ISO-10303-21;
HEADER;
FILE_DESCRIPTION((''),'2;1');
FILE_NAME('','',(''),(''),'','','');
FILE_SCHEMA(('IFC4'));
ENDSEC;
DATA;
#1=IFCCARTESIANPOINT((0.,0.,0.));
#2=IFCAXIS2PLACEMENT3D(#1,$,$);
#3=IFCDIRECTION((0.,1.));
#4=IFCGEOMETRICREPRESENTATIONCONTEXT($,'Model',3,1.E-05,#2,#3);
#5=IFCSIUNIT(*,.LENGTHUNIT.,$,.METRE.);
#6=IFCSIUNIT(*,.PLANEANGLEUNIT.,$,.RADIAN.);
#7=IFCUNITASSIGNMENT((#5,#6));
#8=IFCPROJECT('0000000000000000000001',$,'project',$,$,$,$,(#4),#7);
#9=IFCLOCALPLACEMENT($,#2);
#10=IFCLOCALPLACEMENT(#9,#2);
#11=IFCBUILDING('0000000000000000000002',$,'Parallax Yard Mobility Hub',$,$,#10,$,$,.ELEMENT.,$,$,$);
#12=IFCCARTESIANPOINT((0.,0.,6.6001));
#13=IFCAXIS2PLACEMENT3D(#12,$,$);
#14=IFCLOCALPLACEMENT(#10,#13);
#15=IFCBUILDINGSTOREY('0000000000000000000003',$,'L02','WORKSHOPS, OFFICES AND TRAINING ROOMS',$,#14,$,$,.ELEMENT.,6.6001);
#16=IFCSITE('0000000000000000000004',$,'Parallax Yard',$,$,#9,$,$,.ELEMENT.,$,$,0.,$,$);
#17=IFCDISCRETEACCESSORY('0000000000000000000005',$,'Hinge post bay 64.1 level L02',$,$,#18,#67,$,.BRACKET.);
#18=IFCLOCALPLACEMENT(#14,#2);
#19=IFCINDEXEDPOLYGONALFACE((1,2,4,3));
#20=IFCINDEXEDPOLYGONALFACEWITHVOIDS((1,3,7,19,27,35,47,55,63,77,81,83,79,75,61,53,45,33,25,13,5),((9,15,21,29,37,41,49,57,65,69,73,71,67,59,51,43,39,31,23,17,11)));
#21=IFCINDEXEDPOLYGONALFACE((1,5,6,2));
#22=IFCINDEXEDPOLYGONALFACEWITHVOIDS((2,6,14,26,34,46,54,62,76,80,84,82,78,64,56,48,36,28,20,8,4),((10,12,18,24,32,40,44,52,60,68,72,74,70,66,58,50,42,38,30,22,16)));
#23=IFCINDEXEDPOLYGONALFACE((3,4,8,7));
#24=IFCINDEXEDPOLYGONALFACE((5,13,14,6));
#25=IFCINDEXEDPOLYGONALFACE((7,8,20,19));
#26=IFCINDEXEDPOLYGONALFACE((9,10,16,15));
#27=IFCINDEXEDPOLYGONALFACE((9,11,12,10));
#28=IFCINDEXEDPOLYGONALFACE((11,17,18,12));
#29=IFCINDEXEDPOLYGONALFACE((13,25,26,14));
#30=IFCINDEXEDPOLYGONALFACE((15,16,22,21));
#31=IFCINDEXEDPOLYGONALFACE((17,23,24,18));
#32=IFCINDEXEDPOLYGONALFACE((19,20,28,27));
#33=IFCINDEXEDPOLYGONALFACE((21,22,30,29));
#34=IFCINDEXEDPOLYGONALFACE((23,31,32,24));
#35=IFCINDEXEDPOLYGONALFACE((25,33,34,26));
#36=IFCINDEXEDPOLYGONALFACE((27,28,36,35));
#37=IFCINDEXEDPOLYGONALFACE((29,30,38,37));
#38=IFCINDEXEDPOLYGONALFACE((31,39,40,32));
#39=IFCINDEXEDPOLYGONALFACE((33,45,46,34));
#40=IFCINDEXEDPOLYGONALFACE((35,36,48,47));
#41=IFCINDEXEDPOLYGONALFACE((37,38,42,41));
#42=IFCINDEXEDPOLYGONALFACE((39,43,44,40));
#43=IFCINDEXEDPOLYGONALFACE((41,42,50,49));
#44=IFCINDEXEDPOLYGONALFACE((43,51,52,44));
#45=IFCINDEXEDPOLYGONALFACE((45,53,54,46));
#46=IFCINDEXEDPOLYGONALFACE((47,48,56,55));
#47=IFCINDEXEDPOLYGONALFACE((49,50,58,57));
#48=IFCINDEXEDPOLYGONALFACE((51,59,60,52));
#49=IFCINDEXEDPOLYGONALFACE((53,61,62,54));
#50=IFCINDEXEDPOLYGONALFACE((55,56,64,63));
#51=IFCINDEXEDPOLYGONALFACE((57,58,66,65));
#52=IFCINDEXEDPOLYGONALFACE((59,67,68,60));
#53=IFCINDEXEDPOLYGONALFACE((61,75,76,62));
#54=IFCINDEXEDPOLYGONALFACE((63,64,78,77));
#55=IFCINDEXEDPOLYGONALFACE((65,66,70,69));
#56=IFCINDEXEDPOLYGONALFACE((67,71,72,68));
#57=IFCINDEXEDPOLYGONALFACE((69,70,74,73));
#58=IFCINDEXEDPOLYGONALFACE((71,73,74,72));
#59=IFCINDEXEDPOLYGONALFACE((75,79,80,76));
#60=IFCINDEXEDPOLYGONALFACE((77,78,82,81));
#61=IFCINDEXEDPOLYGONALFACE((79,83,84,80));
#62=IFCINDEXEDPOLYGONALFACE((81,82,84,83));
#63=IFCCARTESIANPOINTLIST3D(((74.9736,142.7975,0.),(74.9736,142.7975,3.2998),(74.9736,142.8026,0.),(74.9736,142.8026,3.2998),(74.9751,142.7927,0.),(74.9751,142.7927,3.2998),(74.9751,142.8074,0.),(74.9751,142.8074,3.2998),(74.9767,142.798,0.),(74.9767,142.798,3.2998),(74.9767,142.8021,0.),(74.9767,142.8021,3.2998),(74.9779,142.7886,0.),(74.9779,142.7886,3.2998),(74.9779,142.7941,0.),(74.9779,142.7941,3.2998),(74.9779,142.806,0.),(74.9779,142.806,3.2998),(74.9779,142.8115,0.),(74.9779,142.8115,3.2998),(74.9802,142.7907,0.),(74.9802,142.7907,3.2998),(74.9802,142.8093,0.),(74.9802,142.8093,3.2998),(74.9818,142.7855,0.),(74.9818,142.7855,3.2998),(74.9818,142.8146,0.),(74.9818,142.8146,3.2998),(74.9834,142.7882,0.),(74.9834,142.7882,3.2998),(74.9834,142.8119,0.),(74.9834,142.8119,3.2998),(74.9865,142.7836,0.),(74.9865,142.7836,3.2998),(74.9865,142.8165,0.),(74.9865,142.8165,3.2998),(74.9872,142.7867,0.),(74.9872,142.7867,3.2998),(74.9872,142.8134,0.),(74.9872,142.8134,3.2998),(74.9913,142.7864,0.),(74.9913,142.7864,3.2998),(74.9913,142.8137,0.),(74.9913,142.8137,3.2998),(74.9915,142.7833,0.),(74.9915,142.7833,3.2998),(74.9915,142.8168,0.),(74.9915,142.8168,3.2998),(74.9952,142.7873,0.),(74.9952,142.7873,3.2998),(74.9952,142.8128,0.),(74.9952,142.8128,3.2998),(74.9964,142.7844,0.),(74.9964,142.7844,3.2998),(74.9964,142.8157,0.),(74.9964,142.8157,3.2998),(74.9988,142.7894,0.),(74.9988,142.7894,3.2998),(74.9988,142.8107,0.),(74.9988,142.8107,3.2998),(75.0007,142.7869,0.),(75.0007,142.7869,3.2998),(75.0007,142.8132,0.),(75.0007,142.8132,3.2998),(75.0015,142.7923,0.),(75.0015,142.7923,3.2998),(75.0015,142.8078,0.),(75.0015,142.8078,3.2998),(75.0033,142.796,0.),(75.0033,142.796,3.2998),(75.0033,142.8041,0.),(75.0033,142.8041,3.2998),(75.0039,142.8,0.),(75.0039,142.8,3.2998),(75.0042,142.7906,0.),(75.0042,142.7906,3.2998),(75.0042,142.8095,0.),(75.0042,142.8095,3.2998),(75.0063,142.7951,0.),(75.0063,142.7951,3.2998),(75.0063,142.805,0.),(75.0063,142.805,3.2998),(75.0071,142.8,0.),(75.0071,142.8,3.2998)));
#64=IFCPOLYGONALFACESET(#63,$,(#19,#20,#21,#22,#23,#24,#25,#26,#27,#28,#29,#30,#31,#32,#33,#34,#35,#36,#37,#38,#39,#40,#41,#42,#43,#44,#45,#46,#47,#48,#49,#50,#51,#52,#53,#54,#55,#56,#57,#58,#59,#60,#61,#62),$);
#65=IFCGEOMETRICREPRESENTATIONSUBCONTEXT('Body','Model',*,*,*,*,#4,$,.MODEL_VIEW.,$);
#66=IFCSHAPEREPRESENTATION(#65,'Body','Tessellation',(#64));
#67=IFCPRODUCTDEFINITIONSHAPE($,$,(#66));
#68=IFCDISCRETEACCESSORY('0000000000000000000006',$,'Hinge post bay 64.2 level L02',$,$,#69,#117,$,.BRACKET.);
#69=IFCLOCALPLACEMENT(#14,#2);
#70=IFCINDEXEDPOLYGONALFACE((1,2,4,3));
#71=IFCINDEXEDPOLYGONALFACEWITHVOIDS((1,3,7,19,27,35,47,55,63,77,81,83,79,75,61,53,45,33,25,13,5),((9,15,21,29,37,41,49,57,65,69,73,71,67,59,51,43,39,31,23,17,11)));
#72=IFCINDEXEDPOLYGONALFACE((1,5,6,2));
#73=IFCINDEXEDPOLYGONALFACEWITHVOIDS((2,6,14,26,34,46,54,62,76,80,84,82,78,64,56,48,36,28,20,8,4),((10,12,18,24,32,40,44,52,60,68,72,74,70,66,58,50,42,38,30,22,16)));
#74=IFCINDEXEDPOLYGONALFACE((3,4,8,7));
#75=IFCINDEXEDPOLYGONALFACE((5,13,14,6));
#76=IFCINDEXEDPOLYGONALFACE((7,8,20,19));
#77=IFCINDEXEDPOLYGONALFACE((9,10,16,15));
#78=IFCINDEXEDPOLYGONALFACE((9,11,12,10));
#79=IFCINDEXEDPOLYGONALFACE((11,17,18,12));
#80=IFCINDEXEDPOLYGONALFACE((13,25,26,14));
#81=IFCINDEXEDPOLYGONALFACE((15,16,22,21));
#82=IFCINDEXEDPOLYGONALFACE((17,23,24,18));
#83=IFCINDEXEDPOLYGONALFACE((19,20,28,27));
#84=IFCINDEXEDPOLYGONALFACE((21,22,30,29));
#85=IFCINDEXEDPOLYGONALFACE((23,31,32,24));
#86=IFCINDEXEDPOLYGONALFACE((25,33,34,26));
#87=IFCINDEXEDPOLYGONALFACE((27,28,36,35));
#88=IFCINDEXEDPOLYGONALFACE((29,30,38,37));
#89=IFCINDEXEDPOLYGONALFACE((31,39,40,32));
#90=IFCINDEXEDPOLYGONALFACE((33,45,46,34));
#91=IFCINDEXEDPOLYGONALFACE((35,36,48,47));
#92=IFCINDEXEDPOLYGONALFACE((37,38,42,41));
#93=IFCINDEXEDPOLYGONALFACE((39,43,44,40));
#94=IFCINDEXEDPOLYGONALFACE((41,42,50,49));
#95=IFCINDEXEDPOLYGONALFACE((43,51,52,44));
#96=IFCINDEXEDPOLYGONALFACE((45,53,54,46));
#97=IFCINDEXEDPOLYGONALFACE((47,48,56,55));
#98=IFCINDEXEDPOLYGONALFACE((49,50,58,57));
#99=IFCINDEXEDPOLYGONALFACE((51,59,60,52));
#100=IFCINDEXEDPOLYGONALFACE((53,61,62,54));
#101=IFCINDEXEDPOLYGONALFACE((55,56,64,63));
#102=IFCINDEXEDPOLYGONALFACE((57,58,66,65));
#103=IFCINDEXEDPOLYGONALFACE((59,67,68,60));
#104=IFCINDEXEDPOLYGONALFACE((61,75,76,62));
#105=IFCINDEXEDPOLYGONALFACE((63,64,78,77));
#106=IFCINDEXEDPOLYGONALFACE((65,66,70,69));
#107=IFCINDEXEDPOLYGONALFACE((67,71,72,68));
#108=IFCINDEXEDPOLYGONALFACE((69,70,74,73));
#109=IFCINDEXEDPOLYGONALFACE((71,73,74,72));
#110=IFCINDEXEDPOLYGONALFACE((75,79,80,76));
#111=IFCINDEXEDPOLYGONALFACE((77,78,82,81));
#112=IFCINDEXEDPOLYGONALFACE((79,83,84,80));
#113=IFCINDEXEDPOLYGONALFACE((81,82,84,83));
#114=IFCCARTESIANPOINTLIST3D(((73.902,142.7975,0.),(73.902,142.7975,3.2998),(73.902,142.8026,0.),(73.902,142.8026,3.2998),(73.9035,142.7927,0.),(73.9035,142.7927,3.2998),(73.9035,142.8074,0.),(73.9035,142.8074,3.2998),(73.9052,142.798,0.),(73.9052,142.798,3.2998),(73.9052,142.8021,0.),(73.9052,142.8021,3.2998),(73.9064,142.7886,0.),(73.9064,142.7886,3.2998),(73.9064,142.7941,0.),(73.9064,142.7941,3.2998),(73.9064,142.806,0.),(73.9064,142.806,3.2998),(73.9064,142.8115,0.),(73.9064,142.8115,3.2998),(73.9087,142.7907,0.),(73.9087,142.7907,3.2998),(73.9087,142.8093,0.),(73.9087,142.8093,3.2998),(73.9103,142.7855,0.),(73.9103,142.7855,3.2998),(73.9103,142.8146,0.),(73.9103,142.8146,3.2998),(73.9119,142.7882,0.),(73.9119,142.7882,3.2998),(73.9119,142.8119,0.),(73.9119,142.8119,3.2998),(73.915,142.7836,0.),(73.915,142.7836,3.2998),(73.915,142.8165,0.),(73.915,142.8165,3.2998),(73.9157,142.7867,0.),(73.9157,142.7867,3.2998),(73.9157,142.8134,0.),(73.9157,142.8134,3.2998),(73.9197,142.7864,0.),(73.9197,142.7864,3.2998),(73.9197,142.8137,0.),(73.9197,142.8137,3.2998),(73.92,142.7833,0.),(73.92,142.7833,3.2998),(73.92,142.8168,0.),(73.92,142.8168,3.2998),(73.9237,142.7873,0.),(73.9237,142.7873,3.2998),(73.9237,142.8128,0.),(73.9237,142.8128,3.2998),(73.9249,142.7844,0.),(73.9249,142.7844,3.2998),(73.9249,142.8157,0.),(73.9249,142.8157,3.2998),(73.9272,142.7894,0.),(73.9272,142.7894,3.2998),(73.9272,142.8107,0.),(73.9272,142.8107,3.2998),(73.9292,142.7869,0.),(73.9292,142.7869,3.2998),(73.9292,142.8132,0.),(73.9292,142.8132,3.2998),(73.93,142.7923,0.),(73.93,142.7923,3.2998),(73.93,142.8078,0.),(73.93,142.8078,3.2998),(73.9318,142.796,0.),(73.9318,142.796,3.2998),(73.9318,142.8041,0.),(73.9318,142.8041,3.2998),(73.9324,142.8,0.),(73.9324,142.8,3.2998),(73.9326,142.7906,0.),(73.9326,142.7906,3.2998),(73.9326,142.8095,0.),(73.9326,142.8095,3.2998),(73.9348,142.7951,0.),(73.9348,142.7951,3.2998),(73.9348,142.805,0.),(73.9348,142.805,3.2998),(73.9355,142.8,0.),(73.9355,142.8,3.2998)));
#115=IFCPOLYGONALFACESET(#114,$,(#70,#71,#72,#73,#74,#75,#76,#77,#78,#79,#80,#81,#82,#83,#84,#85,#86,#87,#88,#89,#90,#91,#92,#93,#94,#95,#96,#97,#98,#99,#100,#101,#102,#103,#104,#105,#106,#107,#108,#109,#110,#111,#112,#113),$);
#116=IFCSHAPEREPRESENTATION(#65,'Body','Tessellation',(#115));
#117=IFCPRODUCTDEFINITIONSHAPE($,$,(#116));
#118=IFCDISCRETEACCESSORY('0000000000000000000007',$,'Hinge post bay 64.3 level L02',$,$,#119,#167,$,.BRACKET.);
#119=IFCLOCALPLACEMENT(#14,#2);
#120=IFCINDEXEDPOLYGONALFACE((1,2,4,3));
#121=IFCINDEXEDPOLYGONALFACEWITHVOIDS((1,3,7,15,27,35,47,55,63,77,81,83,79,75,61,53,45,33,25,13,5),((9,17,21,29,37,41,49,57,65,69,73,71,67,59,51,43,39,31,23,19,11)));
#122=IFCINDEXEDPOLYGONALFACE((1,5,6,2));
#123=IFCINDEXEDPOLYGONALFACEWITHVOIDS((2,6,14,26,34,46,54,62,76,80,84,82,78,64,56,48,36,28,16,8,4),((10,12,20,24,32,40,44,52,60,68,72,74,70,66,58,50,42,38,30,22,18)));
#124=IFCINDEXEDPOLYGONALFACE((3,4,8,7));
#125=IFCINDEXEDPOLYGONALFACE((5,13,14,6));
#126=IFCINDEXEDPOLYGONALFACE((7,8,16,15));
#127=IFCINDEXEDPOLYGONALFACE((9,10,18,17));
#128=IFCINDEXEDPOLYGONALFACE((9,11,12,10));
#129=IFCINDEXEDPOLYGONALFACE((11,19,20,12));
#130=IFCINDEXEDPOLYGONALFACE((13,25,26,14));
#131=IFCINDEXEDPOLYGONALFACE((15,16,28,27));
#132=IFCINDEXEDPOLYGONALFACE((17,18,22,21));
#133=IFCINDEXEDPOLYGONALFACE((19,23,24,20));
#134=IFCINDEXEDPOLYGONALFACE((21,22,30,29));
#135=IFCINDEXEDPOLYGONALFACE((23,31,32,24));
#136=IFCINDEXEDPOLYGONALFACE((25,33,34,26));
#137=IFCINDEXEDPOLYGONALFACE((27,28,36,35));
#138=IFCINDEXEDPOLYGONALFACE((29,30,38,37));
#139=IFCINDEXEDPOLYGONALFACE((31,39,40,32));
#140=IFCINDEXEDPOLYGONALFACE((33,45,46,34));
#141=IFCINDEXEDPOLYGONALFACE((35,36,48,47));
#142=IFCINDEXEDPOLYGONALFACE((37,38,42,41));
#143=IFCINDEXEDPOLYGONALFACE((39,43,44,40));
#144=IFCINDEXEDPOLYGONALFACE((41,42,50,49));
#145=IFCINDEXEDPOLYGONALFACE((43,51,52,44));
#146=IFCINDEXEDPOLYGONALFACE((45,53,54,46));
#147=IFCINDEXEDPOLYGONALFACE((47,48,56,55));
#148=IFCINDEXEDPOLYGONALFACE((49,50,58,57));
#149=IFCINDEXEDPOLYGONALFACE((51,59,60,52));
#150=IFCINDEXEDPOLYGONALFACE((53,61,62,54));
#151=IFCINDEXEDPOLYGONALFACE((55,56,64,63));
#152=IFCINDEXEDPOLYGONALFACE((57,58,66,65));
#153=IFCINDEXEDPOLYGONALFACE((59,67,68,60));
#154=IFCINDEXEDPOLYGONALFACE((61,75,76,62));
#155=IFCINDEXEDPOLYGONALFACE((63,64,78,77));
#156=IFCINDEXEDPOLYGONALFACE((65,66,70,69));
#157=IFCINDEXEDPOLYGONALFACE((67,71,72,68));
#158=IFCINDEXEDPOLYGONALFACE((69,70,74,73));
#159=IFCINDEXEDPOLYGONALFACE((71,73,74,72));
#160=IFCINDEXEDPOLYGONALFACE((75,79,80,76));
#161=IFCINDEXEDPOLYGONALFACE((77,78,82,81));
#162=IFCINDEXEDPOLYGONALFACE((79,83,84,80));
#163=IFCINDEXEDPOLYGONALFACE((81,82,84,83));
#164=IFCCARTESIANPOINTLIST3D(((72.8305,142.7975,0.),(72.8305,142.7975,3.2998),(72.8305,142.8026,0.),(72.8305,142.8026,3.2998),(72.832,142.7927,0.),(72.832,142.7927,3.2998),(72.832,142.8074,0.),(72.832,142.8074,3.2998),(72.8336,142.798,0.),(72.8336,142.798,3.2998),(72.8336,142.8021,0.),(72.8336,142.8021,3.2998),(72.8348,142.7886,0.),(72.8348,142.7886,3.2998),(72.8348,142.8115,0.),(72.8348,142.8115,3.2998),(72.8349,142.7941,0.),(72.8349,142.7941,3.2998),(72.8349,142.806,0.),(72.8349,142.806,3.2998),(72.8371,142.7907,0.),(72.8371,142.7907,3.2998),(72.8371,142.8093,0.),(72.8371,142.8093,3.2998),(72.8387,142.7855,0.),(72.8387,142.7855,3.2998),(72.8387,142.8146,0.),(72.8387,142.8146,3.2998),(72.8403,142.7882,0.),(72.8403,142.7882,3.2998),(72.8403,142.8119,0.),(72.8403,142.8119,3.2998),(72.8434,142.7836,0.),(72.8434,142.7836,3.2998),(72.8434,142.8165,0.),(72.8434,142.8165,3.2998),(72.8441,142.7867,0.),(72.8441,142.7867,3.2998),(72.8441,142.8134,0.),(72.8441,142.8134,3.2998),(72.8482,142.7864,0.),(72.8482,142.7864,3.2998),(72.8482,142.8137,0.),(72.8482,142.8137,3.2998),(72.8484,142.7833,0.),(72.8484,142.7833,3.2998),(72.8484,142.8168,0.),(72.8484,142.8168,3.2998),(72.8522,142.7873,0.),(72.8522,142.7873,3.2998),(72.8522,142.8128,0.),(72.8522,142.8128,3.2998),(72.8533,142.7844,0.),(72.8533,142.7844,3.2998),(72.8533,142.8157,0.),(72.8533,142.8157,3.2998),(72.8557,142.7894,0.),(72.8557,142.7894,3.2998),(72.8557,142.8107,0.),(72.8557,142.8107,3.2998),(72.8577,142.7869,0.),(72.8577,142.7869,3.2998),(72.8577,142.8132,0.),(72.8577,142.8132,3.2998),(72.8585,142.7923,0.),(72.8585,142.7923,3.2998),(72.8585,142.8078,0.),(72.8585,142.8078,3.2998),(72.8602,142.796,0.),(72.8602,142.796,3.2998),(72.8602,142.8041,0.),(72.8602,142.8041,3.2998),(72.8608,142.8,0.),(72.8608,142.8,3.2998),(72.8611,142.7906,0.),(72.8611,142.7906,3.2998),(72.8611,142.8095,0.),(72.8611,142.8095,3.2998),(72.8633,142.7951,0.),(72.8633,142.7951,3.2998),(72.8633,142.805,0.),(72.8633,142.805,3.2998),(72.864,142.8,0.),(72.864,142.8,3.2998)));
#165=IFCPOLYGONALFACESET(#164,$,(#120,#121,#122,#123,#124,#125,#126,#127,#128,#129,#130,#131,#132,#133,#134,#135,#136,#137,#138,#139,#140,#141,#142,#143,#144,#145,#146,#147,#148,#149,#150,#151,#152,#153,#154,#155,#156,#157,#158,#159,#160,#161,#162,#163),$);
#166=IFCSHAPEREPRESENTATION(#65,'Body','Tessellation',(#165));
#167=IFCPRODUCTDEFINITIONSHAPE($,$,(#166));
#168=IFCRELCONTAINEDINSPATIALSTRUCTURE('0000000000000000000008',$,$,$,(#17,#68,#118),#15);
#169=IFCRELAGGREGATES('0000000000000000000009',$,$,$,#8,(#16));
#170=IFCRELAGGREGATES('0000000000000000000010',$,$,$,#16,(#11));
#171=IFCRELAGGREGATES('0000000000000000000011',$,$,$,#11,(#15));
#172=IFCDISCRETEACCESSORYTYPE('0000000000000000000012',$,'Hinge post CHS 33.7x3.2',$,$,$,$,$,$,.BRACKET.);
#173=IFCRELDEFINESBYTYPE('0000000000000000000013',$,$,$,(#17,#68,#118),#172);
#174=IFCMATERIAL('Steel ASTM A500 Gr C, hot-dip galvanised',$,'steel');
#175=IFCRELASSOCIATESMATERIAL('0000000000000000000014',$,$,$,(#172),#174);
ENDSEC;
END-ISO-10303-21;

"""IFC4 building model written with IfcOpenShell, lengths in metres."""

from ifc_helpers import new_model, si_unit, direction, frame, origin, origin_2d, place, context, subcontext, project, spatial, hollow_circle, extrude, material, material_profile, profile_set, type_object, element, save


model = new_model("IFC4")

# Units and contexts
model_context = context("Model", 3, precision=1e-05, world=origin(), true_north=direction((0.0, 1.0)))
body_context = subcontext(model_context, "Body", "Model", "MODEL_VIEW")
ifc_project = project(units=[si_unit("LENGTHUNIT", "METRE"), si_unit("PLANEANGLEUNIT", "RADIAN")], contexts=[model_context])

# Site, building, storey
site_placement = place(None, origin())
site = spatial("IfcSite", under=ifc_project, at=site_placement, Name="Parallax Yard", CompositionType="ELEMENT", RefElevation=0.0)
building_placement = place(site_placement, origin())
building = spatial("IfcBuilding", under=site, at=building_placement, Name="Parallax Yard Mobility Hub", CompositionType="ELEMENT")
storey_placement = place(building_placement, frame((0.0, 0.0, 6.6001)))
storey = spatial("IfcBuildingStorey", under=building, at=storey_placement, Name="L02", Description="WORKSHOPS, OFFICES AND TRAINING ROOMS", CompositionType="ELEMENT", Elevation=6.6001)

# Discrete accessories
ifc_material_1 = material(Name="Steel ASTM A500 Gr C, hot-dip galvanised", Category="steel")
ifc_material_profile = material_profile(ifc_material_1, hollow_circle(Radius=0.0168, WallThickness=0.0032, at=origin_2d()), Name="CHS 33.7x3.2")
ifc_profile_set = profile_set([ifc_material_profile], Name="Steel ASTM A500 Gr C, hot-dip galvanised")
discrete_accessory_type_1 = type_object("IfcDiscreteAccessoryType", Name="Hinge post CHS 33.7x3.2", PredefinedType="BRACKET", material=ifc_profile_set)
for number, where, z_axis, x_axis, name in (
    (1, (74.9902, 142.8, 0.0), (0.0, 0.0, 1.0), (1.0, 0.0, 0.0), "Hinge post bay 64.1 level L02"),
    (2, (73.9187, 142.8, 0.0), (0.0, 0.0, 1.0), (1.0, 0.0, 0.0), "Hinge post bay 64.2 level L02"),
    (3, (72.8472, 142.8, 0.0), (0.0, 0.0, 1.0), (1.0, 0.0, 0.0), "Hinge post bay 64.3 level L02"),
):
    element("IfcDiscreteAccessory", number, at=place(storey_placement, frame(where, z_axis=z_axis, x_axis=x_axis)), inside=storey, type_object=discrete_accessory_type_1, Name=name, PredefinedType="BRACKET", context=body_context, shape_type="SweptSolid", body=[
        extrude(hollow_circle(Radius=0.0168, WallThickness=0.0032, at=origin_2d()), origin(), (0.0, 0.0, 1.0), 3.2998),
    ])

save(model, "model.ifc")
